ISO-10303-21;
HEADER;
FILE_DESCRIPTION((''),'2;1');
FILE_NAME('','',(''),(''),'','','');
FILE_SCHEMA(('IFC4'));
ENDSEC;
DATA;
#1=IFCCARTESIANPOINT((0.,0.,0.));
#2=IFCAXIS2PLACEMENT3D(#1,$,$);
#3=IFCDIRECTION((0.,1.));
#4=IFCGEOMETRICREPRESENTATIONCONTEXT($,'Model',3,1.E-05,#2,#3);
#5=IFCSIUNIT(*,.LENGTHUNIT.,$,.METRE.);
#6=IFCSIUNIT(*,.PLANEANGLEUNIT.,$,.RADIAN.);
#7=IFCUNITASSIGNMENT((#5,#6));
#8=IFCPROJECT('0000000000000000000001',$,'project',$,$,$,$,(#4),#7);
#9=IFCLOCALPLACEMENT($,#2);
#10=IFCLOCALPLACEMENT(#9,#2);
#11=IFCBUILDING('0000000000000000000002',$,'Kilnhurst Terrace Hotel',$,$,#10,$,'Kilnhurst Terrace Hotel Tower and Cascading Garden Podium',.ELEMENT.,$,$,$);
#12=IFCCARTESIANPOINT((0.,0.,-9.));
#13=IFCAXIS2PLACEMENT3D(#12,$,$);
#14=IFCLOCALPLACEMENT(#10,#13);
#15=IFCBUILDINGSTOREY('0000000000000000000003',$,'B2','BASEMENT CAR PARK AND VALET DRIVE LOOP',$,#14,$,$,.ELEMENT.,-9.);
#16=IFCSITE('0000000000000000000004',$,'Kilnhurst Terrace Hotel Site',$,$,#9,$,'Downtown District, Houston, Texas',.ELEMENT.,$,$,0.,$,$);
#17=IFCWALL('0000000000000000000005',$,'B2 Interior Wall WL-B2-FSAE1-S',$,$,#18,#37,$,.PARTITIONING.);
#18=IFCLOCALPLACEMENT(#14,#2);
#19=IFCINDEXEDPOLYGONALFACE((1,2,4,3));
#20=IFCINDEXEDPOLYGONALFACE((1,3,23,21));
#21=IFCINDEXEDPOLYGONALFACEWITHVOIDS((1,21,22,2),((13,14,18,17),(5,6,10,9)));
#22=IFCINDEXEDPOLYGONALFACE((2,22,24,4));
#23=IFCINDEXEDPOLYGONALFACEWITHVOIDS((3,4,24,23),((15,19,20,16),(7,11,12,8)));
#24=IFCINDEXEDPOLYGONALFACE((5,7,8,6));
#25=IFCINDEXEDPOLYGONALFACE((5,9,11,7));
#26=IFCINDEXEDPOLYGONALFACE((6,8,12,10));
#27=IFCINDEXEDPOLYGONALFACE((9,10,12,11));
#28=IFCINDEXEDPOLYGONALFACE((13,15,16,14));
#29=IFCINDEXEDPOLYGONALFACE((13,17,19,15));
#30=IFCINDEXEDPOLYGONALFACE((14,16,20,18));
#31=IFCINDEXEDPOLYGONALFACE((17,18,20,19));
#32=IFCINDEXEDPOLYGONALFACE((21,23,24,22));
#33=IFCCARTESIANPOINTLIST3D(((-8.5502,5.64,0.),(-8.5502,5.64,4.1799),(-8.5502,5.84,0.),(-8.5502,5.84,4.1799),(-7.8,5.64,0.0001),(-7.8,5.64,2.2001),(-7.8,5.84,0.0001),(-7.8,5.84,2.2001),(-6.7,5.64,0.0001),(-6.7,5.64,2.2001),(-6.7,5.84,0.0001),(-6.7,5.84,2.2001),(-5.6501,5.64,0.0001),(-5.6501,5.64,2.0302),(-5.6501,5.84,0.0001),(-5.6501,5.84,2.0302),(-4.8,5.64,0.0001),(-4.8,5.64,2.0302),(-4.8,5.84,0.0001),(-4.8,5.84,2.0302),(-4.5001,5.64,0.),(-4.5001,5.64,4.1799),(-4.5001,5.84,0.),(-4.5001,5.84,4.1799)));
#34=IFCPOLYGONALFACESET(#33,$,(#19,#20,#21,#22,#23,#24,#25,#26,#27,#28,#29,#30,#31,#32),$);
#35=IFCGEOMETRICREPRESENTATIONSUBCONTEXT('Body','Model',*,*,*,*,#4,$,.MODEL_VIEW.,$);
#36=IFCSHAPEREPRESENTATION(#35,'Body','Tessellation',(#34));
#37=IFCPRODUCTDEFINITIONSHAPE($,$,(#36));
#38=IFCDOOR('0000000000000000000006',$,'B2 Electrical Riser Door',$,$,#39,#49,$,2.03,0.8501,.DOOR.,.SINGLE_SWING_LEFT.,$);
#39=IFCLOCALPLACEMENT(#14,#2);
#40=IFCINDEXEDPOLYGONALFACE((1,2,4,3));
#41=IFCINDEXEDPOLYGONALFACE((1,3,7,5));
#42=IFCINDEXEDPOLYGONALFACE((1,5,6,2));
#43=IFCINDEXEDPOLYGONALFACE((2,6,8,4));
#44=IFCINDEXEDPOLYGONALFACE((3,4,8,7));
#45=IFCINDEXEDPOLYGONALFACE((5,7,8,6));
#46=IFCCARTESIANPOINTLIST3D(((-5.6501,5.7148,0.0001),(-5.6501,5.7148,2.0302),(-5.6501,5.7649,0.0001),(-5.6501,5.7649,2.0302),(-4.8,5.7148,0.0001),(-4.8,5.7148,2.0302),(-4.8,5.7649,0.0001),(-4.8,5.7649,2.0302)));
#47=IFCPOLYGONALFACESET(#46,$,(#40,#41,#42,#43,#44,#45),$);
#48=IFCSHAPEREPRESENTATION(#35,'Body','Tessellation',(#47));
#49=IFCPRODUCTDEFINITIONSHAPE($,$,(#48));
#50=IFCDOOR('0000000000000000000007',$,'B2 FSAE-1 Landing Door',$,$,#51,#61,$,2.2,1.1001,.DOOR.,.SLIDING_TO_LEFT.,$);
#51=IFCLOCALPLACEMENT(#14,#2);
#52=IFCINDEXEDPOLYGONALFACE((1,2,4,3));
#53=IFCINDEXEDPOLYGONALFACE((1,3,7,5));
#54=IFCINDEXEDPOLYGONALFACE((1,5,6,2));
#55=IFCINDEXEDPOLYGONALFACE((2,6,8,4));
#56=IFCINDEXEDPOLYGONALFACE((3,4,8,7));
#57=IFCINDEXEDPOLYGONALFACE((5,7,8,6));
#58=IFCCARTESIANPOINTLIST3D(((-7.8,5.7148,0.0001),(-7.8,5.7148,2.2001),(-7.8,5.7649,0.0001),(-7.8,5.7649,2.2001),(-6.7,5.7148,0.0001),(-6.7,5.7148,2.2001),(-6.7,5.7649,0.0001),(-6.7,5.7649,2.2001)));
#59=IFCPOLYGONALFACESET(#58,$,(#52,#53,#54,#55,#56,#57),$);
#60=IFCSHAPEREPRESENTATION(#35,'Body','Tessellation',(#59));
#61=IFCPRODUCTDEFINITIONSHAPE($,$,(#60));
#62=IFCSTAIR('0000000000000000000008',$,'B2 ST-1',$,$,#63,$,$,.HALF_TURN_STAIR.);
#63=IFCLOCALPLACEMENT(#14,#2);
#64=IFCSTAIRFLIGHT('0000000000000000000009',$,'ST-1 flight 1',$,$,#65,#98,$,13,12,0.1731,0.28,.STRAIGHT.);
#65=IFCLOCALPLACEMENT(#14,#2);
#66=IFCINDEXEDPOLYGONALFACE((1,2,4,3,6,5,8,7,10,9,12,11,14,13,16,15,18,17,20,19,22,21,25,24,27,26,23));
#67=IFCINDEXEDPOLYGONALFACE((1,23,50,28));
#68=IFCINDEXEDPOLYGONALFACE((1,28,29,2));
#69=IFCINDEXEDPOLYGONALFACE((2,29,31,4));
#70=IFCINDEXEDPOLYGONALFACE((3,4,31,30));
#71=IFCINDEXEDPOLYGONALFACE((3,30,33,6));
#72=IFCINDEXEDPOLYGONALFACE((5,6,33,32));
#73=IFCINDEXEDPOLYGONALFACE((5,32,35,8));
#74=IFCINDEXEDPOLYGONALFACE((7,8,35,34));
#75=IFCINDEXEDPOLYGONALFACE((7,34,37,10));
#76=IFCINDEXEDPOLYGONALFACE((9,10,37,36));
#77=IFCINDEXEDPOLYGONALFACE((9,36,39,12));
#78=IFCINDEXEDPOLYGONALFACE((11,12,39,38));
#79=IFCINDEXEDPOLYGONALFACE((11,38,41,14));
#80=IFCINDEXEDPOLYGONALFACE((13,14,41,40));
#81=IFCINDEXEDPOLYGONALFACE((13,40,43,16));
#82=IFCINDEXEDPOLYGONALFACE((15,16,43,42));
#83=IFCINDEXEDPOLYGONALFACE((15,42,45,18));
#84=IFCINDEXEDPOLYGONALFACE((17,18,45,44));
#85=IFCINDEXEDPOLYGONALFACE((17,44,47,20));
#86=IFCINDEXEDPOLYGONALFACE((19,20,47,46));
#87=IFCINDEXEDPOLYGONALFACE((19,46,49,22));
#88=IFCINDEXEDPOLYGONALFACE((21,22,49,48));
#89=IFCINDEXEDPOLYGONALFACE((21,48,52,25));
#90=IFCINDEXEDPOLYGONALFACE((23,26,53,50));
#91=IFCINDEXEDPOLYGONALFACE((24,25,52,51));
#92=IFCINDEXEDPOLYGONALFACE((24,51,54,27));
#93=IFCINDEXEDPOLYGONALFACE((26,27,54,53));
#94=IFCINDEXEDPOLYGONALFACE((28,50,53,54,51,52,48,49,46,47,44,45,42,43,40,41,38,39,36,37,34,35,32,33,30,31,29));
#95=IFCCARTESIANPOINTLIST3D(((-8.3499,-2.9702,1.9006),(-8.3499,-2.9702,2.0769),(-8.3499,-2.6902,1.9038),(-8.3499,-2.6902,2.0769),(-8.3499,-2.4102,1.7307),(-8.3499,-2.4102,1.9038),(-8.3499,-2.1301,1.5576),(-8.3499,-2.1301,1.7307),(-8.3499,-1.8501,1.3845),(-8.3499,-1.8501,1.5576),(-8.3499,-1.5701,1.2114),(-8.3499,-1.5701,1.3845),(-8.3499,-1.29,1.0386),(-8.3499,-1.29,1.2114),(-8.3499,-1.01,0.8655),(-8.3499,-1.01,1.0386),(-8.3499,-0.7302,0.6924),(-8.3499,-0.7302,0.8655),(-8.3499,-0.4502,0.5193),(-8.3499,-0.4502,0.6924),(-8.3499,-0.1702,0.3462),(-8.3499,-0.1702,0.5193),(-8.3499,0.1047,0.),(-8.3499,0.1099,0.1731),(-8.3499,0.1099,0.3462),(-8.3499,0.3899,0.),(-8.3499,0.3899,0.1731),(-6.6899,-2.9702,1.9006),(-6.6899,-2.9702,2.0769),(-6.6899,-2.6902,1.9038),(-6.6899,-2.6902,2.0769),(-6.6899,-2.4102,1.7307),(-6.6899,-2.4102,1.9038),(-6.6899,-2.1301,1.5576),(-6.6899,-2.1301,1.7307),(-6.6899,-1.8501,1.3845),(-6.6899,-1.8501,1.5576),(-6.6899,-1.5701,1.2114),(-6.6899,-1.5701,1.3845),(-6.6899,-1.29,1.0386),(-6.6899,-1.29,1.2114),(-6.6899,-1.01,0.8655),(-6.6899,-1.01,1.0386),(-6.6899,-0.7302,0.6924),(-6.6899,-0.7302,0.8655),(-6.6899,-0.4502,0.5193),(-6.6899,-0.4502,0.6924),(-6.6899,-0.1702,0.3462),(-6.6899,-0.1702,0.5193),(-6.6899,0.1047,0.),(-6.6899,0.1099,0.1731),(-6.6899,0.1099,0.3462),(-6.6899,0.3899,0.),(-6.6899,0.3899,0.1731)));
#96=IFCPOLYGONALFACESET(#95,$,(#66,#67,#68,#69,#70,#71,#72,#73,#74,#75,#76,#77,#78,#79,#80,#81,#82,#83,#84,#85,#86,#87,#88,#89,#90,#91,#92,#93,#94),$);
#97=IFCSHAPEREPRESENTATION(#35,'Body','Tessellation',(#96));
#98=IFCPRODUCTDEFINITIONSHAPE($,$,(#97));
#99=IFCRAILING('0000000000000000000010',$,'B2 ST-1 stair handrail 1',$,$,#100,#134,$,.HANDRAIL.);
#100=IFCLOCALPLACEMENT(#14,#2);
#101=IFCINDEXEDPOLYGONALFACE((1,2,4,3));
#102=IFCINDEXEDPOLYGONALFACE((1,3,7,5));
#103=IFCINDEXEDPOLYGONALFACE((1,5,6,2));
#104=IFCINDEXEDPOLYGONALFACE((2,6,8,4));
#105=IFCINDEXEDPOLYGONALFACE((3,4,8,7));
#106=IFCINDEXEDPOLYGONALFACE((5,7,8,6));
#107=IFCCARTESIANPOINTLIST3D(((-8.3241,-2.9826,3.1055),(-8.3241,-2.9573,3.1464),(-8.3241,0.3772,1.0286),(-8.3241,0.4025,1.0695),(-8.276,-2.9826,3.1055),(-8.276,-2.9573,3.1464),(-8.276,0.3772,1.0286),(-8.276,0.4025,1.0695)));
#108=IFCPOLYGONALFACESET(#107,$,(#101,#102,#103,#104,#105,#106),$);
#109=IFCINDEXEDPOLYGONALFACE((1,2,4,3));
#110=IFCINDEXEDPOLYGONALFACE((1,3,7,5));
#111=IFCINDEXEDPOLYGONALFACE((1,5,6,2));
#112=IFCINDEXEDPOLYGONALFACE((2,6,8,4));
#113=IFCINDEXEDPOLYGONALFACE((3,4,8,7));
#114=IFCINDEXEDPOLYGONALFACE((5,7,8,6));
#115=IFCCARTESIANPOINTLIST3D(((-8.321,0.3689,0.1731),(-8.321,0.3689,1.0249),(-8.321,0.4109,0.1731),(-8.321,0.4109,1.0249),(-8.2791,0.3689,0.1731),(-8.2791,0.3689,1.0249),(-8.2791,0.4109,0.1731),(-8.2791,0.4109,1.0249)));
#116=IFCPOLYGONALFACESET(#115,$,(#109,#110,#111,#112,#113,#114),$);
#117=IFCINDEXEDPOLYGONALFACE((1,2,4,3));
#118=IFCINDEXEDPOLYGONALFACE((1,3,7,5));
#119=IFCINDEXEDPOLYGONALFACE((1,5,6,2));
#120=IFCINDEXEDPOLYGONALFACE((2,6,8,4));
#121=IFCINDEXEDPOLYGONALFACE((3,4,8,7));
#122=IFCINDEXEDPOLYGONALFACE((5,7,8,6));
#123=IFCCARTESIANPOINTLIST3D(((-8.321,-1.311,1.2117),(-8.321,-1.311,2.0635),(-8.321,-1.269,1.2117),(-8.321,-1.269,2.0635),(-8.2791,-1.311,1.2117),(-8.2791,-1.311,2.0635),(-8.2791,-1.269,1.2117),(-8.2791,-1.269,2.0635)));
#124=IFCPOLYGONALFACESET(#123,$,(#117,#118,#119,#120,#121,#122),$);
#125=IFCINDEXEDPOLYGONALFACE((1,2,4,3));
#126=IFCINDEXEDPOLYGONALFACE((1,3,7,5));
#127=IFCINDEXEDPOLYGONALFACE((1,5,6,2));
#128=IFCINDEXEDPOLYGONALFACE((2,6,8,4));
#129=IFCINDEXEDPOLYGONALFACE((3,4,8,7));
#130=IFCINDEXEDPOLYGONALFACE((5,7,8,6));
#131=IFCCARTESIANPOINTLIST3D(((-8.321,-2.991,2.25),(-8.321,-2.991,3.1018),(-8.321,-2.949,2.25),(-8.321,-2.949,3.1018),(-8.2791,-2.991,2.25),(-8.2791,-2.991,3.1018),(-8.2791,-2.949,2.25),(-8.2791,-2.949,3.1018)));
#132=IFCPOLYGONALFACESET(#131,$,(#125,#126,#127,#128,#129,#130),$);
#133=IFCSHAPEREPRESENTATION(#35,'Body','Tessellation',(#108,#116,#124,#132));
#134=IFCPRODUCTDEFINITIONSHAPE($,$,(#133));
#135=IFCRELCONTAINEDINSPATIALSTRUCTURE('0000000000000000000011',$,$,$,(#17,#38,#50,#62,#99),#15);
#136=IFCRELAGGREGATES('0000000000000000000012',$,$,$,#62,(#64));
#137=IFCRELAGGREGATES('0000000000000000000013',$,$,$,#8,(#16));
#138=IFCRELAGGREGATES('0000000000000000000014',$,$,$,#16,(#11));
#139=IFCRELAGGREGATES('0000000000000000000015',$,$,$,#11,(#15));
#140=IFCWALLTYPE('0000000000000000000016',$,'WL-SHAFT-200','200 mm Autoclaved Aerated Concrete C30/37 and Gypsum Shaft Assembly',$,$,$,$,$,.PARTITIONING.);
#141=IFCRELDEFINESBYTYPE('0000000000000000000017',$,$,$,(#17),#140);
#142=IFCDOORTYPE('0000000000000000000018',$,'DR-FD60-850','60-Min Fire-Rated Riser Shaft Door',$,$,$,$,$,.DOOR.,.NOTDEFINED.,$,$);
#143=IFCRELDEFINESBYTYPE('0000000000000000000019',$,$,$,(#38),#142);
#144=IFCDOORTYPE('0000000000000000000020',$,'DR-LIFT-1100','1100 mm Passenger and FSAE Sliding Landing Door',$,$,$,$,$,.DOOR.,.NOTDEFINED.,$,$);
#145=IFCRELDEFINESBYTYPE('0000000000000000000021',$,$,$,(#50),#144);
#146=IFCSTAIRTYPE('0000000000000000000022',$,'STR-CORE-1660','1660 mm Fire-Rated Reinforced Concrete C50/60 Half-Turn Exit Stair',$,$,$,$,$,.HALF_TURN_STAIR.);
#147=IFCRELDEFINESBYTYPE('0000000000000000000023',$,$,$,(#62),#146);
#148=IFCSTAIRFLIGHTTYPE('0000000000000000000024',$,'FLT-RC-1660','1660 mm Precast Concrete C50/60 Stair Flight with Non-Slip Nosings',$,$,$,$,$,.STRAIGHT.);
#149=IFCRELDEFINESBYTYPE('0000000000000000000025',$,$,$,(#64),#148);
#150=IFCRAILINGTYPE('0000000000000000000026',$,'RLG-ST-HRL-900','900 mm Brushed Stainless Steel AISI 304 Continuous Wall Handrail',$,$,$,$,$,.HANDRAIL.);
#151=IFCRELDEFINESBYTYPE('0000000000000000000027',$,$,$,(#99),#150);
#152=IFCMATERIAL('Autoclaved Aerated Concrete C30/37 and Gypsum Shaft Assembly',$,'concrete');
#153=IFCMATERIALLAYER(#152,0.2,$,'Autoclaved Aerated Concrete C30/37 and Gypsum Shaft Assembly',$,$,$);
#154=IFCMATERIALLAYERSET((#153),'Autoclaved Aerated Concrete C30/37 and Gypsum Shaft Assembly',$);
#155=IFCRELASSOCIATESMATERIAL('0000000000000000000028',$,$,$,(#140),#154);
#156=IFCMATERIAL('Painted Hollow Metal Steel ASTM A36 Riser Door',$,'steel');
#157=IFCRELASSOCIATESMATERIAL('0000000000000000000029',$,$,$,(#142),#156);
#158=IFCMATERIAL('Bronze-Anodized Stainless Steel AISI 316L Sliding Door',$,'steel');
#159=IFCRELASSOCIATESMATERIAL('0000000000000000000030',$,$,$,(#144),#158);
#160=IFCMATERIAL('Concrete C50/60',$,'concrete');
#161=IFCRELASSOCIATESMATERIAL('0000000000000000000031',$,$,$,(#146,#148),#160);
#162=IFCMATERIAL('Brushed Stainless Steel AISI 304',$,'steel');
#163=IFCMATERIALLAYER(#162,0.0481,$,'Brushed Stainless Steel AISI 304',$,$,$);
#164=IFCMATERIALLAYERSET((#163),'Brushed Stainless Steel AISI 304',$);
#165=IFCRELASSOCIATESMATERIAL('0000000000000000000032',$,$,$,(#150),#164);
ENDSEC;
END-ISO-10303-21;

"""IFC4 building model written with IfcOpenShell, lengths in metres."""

from ifc_helpers import new_model, si_unit, direction, frame, frame_2d, origin, origin_2d, place, context, subcontext, project, spatial, polyline, rectangle, outline, extrude, material, layer, layer_set, type_object, element, fill, aggregate, save


model = new_model("IFC4")

# Units and contexts
model_context = context("Model", 3, precision=1e-05, world=origin(), true_north=direction((0.0, 1.0)))
body_context = subcontext(model_context, "Body", "Model", "MODEL_VIEW")
ifc_project = project(units=[si_unit("LENGTHUNIT", "METRE"), si_unit("PLANEANGLEUNIT", "RADIAN")], contexts=[model_context])

# Site, building, storey
site_placement = place(None, origin())
site = spatial("IfcSite", under=ifc_project, at=site_placement, Name="Kilnhurst Terrace Hotel Site", LongName="Downtown District, Houston, Texas", CompositionType="ELEMENT", RefElevation=0.0)
building_placement = place(site_placement, origin())
building = spatial("IfcBuilding", under=site, at=building_placement, Name="Kilnhurst Terrace Hotel", LongName="Kilnhurst Terrace Hotel Tower and Cascading Garden Podium", CompositionType="ELEMENT")
storey_placement = place(building_placement, frame((0.0, 0.0, -9.0)))
storey = spatial("IfcBuildingStorey", under=building, at=storey_placement, Name="B2", Description="BASEMENT CAR PARK AND VALET DRIVE LOOP", CompositionType="ELEMENT", Elevation=-9.0)

# Shared definitions
ifc_material_1 = material(Name="Concrete C50/60", Category="concrete")

# Wall, openings, doors
ifc_material_2 = material(Name="Autoclaved Aerated Concrete C30/37 and Gypsum Shaft Assembly", Category="concrete")
ifc_layer_1 = layer(ifc_material_2, 0.2, Name="Autoclaved Aerated Concrete C30/37 and Gypsum Shaft Assembly")
ifc_layer_set_1 = layer_set([ifc_layer_1], Name="Autoclaved Aerated Concrete C30/37 and Gypsum Shaft Assembly")
wall_type_1 = type_object("IfcWallType", Name="WL-SHAFT-200", Description="200 mm Autoclaved Aerated Concrete C30/37 and Gypsum Shaft Assembly", PredefinedType="PARTITIONING", material=ifc_layer_set_1)
wall_1_placement = place(storey_placement, frame((-8.55, 5.74, 0.0), z_axis=(0.0, 0.0, 1.0), x_axis=(1.0, 0.0, 0.0)))
wall_1 = element("IfcWall", 1, at=wall_1_placement, inside=storey, type_object=wall_type_1, Name="B2 Interior Wall WL-B2-FSAE1-S", PredefinedType="PARTITIONING", context=body_context, shape_type="SweptSolid", body=[
    extrude(rectangle(XDim=4.05, YDim=0.2, at=frame_2d((2.0249, 0.0))), origin(), (0.0, 0.0, 1.0), 4.1799),
])
opening_1_placement = place(wall_1_placement, frame((0.75, 0.0, 0.0)))
opening_1 = element("IfcOpeningElement", 2, at=opening_1_placement, cuts=wall_1, PredefinedType="OPENING", context=body_context, shape_type="SweptSolid", body=[
    extrude(rectangle(XDim=1.1001, YDim=2.2, at=frame_2d((0.55, 1.1001))), frame((0.0, 0.1099, 0.0), z_axis=(0.0, -1.0, 0.0), x_axis=(1.0, 0.0, 0.0)), (0.0, 0.0, 1.0), 0.22),
])
opening_2_placement = place(wall_1_placement, frame((2.8999, 0.0, 0.0)))
opening_2 = element("IfcOpeningElement", 3, at=opening_2_placement, cuts=wall_1, PredefinedType="OPENING", context=body_context, shape_type="SweptSolid", body=[
    extrude(rectangle(XDim=0.8501, YDim=2.03, at=frame_2d((0.425, 1.0151))), frame((0.0, 0.1099, 0.0), z_axis=(0.0, -1.0, 0.0), x_axis=(1.0, 0.0, 0.0)), (0.0, 0.0, 1.0), 0.22),
])
ifc_material_3 = material(Name="Painted Hollow Metal Steel ASTM A36 Riser Door", Category="steel")
door_type_1 = type_object("IfcDoorType", Name="DR-FD60-850", Description="60-Min Fire-Rated Riser Shaft Door", OperationType="NOTDEFINED", PredefinedType="DOOR", material=ifc_material_3)
door_1_placement = place(opening_2_placement, origin())
door_1 = element("IfcDoor", 4, at=door_1_placement, inside=storey, type_object=door_type_1, Name="B2 Electrical Riser Door", OperationType="SINGLE_SWING_LEFT", OverallHeight=2.03, OverallWidth=0.8501, PredefinedType="DOOR", context=body_context, shape_type="SweptSolid", body=[
    extrude(rectangle(XDim=0.8501, YDim=2.03, at=frame_2d((0.425, 1.0151))), frame((0.0, 0.0249, 0.0), z_axis=(0.0, -1.0, 0.0), x_axis=(1.0, 0.0, 0.0)), (0.0, 0.0, 1.0), 0.05),
])
fill(opening_2, door_1)
ifc_material_4 = material(Name="Bronze-Anodized Stainless Steel AISI 316L Sliding Door", Category="steel")
door_type_2 = type_object("IfcDoorType", Name="DR-LIFT-1100", Description="1100 mm Passenger and FSAE Sliding Landing Door", OperationType="NOTDEFINED", PredefinedType="DOOR", material=ifc_material_4)
door_2_placement = place(opening_1_placement, origin())
door_2 = element("IfcDoor", 5, at=door_2_placement, inside=storey, type_object=door_type_2, Name="B2 FSAE-1 Landing Door", OperationType="SLIDING_TO_LEFT", OverallHeight=2.2, OverallWidth=1.1001, PredefinedType="DOOR", context=body_context, shape_type="SweptSolid", body=[
    extrude(rectangle(XDim=1.1001, YDim=2.2, at=frame_2d((0.55, 1.1001))), frame((0.0, 0.0249, 0.0), z_axis=(0.0, -1.0, 0.0), x_axis=(1.0, 0.0, 0.0)), (0.0, 0.0, 1.0), 0.05),
])
fill(opening_1, door_2)

# Stair, stair flight
stair_type = type_object("IfcStairType", Name="STR-CORE-1660", Description="1660 mm Fire-Rated Reinforced Concrete C50/60 Half-Turn Exit Stair", PredefinedType="HALF_TURN_STAIR", material=ifc_material_1)
stair_placement = place(storey_placement, origin())
stair = element("IfcStair", 6, at=stair_placement, inside=storey, type_object=stair_type, Name="B2 ST-1", PredefinedType="HALF_TURN_STAIR")
stair_flight_type = type_object("IfcStairFlightType", Name="FLT-RC-1660", Description="1660 mm Precast Concrete C50/60 Stair Flight with Non-Slip Nosings", PredefinedType="STRAIGHT", material=ifc_material_1)
stair_flight_placement = place(storey_placement, frame((-7.52, 0.3899, 0.0), z_axis=(0.0, 0.0, 1.0), x_axis=(0.0, -1.0, 0.0)))
stair_flight = element("IfcStairFlight", 7, at=stair_flight_placement, type_object=stair_flight_type, Name="ST-1 flight 1", NumberOfRisers=13, NumberOfTreads=12, PredefinedType="STRAIGHT", RiserHeight=0.1731, TreadLength=0.28, context=body_context, shape_type="SweptSolid", body=[
    extrude(outline(polyline([(0.0, 0.0), (0.0, 0.1731), (0.28, 0.1731), (0.28, 0.3462), (0.5601, 0.3462), (0.5601, 0.5193), (0.8401, 0.5193), (0.8401, 0.6924), (1.1201, 0.6924), (1.1201, 0.8655), (1.3999, 0.8655), (1.3999, 1.0386), (1.6799, 1.0386), (1.6799, 1.2114), (1.96, 1.2114), (1.96, 1.3845), (2.24, 1.3845), (2.24, 1.5576), (2.52, 1.5576), (2.52, 1.7307), (2.8, 1.7307), (2.8, 1.9038), (3.0801, 1.9038), (3.0801, 2.0769), (3.3601, 2.0769), (3.3601, 2.25), (3.3601, 1.9006), (0.2852, 0.0), (0.0, 0.0)])), frame((0.0, 0.8301, 0.0), z_axis=(0.0, -1.0, 0.0), x_axis=(1.0, 0.0, 0.0)), (0.0, 0.0, 1.0), 1.6599),
])
aggregate(stair, [stair_flight])

# Railing
ifc_material_5 = material(Name="Brushed Stainless Steel AISI 304", Category="steel")
ifc_layer_2 = layer(ifc_material_5, 0.0481, Name="Brushed Stainless Steel AISI 304")
ifc_layer_set_2 = layer_set([ifc_layer_2], Name="Brushed Stainless Steel AISI 304")
railing_type = type_object("IfcRailingType", Name="RLG-ST-HRL-900", Description="900 mm Brushed Stainless Steel AISI 304 Continuous Wall Handrail", PredefinedType="HANDRAIL", material=ifc_layer_set_2)
railing_placement = place(storey_placement, frame((-8.3, 0.3899, 0.1731)))
element("IfcRailing", 8, at=railing_placement, inside=storey, type_object=railing_type, Name="B2 ST-1 stair handrail 1", PredefinedType="HANDRAIL", context=body_context, shape_type="SweptSolid", body=[
    extrude(rectangle(XDim=0.0481, YDim=0.0481, at=origin_2d()), frame((0.0, 0.0, 0.876), z_axis=(0.0, -0.850606, 0.525803), x_axis=(1.0, 0.0, 0.0)), (0.0, 0.0, 1.0), 3.95),
    extrude(rectangle(XDim=0.042, YDim=0.042, at=origin_2d()), origin(), (0.0, 0.0, 1.0), 0.8518),
    extrude(rectangle(XDim=0.042, YDim=0.042, at=origin_2d()), frame((0.0, -1.6799, 1.0386)), (0.0, 0.0, 1.0), 0.8518),
    extrude(rectangle(XDim=0.042, YDim=0.042, at=origin_2d()), frame((0.0, -3.3599, 2.0769)), (0.0, 0.0, 1.0), 0.8518),
])

save(model, "model.ifc")
